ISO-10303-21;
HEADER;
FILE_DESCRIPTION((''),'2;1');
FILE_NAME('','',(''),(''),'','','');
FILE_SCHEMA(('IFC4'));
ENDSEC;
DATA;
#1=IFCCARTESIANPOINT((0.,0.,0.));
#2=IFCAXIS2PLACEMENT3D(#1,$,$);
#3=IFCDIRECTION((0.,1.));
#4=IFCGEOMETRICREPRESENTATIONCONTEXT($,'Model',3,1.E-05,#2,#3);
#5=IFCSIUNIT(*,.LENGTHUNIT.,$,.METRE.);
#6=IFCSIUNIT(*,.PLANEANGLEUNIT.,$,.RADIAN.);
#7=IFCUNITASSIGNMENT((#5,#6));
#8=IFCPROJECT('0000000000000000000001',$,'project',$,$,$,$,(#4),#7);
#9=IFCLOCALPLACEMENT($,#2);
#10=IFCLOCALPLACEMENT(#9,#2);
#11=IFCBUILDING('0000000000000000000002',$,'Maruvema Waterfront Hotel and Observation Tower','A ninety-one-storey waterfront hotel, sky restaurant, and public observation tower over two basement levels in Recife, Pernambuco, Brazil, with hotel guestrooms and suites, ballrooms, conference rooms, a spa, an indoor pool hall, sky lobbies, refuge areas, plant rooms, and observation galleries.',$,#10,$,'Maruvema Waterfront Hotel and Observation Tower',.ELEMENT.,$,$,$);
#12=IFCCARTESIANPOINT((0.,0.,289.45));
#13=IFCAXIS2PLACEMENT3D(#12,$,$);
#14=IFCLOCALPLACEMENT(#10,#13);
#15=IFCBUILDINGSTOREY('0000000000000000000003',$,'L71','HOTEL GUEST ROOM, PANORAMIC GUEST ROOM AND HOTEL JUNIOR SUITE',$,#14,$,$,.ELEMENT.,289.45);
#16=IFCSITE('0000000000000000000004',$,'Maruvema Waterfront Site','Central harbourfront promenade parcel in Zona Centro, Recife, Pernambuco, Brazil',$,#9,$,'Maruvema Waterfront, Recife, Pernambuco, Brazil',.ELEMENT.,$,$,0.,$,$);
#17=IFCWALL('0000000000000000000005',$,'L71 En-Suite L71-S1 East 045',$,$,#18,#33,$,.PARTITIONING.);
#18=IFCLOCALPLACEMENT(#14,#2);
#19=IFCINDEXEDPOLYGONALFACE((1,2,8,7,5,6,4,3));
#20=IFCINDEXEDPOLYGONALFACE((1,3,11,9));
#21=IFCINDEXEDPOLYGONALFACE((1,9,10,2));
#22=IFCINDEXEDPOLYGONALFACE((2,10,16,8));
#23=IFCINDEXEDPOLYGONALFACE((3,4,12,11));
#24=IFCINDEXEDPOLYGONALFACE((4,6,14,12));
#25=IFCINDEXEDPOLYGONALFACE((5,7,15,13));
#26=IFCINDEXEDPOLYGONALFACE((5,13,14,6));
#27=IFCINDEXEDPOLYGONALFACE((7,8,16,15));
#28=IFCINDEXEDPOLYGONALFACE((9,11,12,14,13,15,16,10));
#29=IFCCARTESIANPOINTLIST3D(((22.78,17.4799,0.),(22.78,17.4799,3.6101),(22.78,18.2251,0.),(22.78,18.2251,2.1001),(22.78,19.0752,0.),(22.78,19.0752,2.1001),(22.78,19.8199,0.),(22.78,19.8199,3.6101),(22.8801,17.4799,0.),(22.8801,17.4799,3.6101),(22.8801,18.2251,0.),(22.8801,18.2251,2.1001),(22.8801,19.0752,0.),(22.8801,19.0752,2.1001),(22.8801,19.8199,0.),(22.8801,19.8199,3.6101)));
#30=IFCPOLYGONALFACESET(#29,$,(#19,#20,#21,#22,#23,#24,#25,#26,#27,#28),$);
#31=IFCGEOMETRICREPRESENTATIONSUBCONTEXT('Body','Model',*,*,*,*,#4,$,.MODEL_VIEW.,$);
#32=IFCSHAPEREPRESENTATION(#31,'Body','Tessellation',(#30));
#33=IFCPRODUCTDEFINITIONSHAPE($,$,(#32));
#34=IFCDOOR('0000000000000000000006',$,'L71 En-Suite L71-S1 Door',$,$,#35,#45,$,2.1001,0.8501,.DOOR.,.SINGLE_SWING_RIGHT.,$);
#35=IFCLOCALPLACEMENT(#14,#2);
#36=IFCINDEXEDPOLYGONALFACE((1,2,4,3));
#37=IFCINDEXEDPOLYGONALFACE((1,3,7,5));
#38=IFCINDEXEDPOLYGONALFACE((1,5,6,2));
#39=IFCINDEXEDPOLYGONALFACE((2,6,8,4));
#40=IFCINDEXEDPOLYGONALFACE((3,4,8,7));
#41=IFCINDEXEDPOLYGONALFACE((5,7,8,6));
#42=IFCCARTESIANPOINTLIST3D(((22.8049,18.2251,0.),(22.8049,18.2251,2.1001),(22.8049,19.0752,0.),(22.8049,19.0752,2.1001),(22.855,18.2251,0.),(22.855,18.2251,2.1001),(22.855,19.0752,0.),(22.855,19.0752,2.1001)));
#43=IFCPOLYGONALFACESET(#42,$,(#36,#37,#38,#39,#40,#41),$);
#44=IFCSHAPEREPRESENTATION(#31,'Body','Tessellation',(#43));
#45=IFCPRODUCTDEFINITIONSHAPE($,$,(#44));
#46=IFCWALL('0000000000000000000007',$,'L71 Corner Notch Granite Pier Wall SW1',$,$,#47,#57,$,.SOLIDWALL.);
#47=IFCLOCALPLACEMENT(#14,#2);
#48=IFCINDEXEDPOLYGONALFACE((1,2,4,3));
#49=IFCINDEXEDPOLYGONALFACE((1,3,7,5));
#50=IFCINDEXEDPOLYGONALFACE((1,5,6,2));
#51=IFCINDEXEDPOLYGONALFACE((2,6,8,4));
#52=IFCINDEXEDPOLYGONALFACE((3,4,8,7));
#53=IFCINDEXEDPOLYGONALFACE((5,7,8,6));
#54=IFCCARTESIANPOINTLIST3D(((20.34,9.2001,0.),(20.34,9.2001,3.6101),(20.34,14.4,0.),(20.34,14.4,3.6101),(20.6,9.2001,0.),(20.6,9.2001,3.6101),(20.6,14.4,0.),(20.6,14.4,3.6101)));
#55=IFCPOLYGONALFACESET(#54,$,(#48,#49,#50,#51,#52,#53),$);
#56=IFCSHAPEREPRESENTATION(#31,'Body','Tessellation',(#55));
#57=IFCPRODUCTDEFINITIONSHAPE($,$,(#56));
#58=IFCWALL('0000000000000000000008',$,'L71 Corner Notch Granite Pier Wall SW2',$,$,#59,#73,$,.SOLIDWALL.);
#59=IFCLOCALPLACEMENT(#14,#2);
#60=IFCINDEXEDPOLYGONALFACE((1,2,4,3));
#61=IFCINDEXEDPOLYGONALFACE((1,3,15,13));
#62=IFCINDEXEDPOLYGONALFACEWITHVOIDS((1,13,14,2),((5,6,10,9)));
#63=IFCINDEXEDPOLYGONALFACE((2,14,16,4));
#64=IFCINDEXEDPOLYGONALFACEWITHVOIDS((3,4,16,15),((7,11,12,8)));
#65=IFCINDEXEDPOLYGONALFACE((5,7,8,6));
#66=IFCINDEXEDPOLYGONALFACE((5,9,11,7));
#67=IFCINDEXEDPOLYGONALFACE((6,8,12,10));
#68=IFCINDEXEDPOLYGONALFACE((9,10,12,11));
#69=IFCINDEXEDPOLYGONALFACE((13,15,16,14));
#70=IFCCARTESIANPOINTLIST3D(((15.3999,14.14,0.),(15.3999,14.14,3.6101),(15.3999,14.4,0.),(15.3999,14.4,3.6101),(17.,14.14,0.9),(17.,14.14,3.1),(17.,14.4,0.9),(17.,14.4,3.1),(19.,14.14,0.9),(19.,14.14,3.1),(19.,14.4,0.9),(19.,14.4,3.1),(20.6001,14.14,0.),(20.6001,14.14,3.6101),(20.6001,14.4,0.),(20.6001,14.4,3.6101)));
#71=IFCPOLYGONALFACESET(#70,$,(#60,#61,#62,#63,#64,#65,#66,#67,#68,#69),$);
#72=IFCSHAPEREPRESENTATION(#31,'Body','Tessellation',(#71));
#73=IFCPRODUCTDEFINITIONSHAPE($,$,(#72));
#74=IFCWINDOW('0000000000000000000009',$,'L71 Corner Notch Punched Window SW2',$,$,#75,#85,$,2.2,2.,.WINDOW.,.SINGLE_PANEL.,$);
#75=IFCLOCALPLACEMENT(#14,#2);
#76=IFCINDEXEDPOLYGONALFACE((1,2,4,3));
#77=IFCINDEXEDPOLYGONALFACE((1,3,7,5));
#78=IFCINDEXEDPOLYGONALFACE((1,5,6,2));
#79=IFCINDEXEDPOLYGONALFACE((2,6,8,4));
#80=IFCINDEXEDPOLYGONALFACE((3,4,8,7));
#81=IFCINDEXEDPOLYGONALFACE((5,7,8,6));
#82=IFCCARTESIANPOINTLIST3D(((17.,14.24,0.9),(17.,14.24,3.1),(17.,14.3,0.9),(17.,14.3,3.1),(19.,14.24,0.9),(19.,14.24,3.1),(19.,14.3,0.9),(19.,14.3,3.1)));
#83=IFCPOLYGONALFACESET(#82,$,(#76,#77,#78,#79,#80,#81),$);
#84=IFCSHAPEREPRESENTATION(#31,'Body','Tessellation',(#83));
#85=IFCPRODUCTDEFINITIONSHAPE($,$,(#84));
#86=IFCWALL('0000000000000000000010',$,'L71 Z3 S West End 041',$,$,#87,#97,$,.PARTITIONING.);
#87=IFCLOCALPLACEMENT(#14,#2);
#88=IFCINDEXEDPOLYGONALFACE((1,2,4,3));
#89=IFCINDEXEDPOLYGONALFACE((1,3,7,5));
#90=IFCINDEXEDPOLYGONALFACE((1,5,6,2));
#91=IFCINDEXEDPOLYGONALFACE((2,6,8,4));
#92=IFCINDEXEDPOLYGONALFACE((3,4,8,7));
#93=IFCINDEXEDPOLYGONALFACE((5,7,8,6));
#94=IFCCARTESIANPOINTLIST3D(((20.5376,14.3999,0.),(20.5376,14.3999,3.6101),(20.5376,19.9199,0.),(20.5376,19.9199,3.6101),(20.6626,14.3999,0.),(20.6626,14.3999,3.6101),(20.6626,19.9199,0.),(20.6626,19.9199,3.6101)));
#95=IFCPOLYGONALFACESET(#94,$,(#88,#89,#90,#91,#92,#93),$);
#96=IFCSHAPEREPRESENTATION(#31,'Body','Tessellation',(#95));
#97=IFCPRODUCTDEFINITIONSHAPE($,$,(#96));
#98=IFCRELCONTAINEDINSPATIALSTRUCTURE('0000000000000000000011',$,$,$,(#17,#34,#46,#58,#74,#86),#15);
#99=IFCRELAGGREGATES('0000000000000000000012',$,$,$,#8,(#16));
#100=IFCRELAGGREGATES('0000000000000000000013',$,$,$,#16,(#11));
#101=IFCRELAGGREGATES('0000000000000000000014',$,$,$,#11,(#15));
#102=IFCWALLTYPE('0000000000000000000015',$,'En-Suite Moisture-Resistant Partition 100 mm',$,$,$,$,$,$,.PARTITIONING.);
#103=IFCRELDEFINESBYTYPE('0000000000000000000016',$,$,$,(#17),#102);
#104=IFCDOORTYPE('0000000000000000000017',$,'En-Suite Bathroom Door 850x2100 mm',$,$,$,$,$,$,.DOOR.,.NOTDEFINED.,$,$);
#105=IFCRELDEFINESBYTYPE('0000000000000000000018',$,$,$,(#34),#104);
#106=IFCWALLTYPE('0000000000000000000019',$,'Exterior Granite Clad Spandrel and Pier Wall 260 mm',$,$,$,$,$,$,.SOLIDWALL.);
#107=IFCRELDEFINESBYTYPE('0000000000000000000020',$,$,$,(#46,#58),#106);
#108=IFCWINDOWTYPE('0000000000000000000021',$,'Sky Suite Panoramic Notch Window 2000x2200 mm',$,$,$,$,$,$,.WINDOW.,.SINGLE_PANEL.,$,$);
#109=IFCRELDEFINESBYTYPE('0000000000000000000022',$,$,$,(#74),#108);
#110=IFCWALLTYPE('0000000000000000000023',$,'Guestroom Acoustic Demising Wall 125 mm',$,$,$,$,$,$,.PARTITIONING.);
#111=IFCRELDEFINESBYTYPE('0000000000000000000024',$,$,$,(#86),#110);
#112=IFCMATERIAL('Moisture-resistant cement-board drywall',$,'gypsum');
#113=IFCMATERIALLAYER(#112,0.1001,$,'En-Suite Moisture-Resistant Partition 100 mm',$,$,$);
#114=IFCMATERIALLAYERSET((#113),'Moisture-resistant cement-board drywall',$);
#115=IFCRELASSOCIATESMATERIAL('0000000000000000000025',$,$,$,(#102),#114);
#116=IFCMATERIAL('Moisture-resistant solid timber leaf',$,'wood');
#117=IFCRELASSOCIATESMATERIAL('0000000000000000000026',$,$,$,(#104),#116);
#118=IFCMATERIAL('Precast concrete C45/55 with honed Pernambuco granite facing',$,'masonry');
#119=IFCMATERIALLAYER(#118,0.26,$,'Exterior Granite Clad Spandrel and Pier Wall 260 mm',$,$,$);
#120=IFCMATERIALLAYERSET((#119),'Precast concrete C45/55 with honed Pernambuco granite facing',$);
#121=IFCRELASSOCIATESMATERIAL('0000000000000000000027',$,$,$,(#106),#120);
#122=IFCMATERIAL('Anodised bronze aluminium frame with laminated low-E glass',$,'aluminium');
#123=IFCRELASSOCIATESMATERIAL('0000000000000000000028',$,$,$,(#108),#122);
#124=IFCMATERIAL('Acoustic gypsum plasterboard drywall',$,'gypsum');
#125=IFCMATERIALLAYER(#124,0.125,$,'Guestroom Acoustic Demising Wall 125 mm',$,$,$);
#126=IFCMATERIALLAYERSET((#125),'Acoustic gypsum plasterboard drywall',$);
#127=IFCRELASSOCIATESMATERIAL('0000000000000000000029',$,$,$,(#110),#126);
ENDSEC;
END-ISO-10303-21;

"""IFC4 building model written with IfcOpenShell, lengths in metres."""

from ifc_helpers import new_model, si_unit, direction, frame, frame_2d, origin, place, context, subcontext, project, spatial, rectangle, extrude, material, layer, layer_set, type_object, element, fill, save


model = new_model("IFC4")

# Units and contexts
model_context = context("Model", 3, precision=1e-05, world=origin(), true_north=direction((0.0, 1.0)))
body_context = subcontext(model_context, "Body", "Model", "MODEL_VIEW")
ifc_project = project(units=[si_unit("LENGTHUNIT", "METRE"), si_unit("PLANEANGLEUNIT", "RADIAN")], contexts=[model_context])

# Site, building, storey
site_placement = place(None, origin())
site = spatial("IfcSite", under=ifc_project, at=site_placement, Name="Maruvema Waterfront Site", Description="Central harbourfront promenade parcel in Zona Centro, Recife, Pernambuco, Brazil", LongName="Maruvema Waterfront, Recife, Pernambuco, Brazil", CompositionType="ELEMENT", RefElevation=0.0)
building_placement = place(site_placement, origin())
building = spatial("IfcBuilding", under=site, at=building_placement, Name="Maruvema Waterfront Hotel and Observation Tower", Description="A ninety-one-storey waterfront hotel, sky restaurant, and public observation tower over two basement levels in Recife, Pernambuco, Brazil, with hotel guestrooms and suites, ballrooms, conference rooms, a spa, an indoor pool hall, sky lobbies, refuge areas, plant rooms, and observation galleries.", LongName="Maruvema Waterfront Hotel and Observation Tower", CompositionType="ELEMENT")
storey_placement = place(building_placement, frame((0.0, 0.0, 289.45)))
storey = spatial("IfcBuildingStorey", under=building, at=storey_placement, Name="L71", Description="HOTEL GUEST ROOM, PANORAMIC GUEST ROOM AND HOTEL JUNIOR SUITE", CompositionType="ELEMENT", Elevation=289.45)

# Shared definitions
ifc_material_1 = material(Name="Moisture-resistant cement-board drywall", Category="gypsum")
ifc_layer_1 = layer(ifc_material_1, 0.1001, Name="En-Suite Moisture-Resistant Partition 100 mm")
ifc_layer_set_1 = layer_set([ifc_layer_1], Name="Moisture-resistant cement-board drywall")
wall_type_1 = type_object("IfcWallType", Name="En-Suite Moisture-Resistant Partition 100 mm", PredefinedType="PARTITIONING", material=ifc_layer_set_1)

# Wall, opening, door
wall_1_placement = place(storey_placement, frame((22.8301, 17.48, 0.0), z_axis=(0.0, 0.0, 1.0), x_axis=(0.0, 1.0, 0.0)))
wall_1 = element("IfcWall", 1, at=wall_1_placement, inside=storey, type_object=wall_type_1, Name="L71 En-Suite L71-S1 East 045", PredefinedType="PARTITIONING", context=body_context, shape_type="SweptSolid", body=[
    extrude(rectangle(XDim=2.3401, YDim=0.1001, at=frame_2d((1.1699, 0.0))), origin(), (0.0, 0.0, 1.0), 3.6101),
])
opening_1_placement = place(wall_1_placement, frame((0.7451, 0.0, 0.0)))
opening_1 = element("IfcOpeningElement", 2, at=opening_1_placement, cuts=wall_1, PredefinedType="OPENING", context=body_context, shape_type="SweptSolid", body=[
    extrude(rectangle(XDim=0.8501, YDim=2.1001, at=frame_2d((0.425, 1.05))), frame((0.0, 0.0601, 0.0), z_axis=(0.0, -1.0, 0.0), x_axis=(1.0, 0.0, 0.0)), (0.0, 0.0, 1.0), 0.1201),
])
ifc_material_2 = material(Name="Moisture-resistant solid timber leaf", Category="wood")
door_type = type_object("IfcDoorType", Name="En-Suite Bathroom Door 850x2100 mm", OperationType="NOTDEFINED", PredefinedType="DOOR", material=ifc_material_2)
door_placement = place(opening_1_placement, frame((0.8501, 0.0, 0.0), z_axis=(0.0, 0.0, 1.0), x_axis=(-1.0, 0.0, 0.0)))
door = element("IfcDoor", 3, at=door_placement, inside=storey, type_object=door_type, Name="L71 En-Suite L71-S1 Door", OperationType="SINGLE_SWING_RIGHT", OverallHeight=2.1001, OverallWidth=0.8501, PredefinedType="DOOR", context=body_context, shape_type="SweptSolid", body=[
    extrude(rectangle(XDim=0.8501, YDim=2.1001, at=frame_2d((0.425, 1.05))), frame((0.0, 0.0249, 0.0), z_axis=(0.0, -1.0, 0.0), x_axis=(1.0, 0.0, 0.0)), (0.0, 0.0, 1.0), 0.05),
])
fill(opening_1, door)

# Wall
ifc_material_3 = material(Name="Precast concrete C45/55 with honed Pernambuco granite facing", Category="masonry")
ifc_layer_2 = layer(ifc_material_3, 0.26, Name="Exterior Granite Clad Spandrel and Pier Wall 260 mm")
ifc_layer_set_2 = layer_set([ifc_layer_2], Name="Precast concrete C45/55 with honed Pernambuco granite facing")
wall_type_2 = type_object("IfcWallType", Name="Exterior Granite Clad Spandrel and Pier Wall 260 mm", PredefinedType="SOLIDWALL", material=ifc_layer_set_2)
wall_2_placement = place(storey_placement, frame((20.47, 9.2, 0.0), z_axis=(0.0, 0.0, 1.0), x_axis=(0.0, 1.0, 0.0)))
element("IfcWall", 4, at=wall_2_placement, inside=storey, type_object=wall_type_2, Name="L71 Corner Notch Granite Pier Wall SW1", PredefinedType="SOLIDWALL", context=body_context, shape_type="SweptSolid", body=[
    extrude(rectangle(XDim=5.2, YDim=0.26, at=frame_2d((2.6001, 0.0))), origin(), (0.0, 0.0, 1.0), 3.6101),
])

# Wall, opening, window
wall_3_placement = place(storey_placement, frame((20.6001, 14.27, 0.0), z_axis=(0.0, 0.0, 1.0), x_axis=(-1.0, 0.0, 0.0)))
wall_3 = element("IfcWall", 5, at=wall_3_placement, inside=storey, type_object=wall_type_2, Name="L71 Corner Notch Granite Pier Wall SW2", PredefinedType="SOLIDWALL", context=body_context, shape_type="SweptSolid", body=[
    extrude(rectangle(XDim=5.2002, YDim=0.26, at=frame_2d((2.6001, 0.0))), origin(), (0.0, 0.0, 1.0), 3.6101),
])
opening_2_placement = place(wall_3_placement, frame((1.6001, 0.0, 0.8999)))
opening_2 = element("IfcOpeningElement", 6, at=opening_2_placement, cuts=wall_3, PredefinedType="OPENING", context=body_context, shape_type="SweptSolid", body=[
    extrude(rectangle(XDim=2.0, YDim=2.2, at=frame_2d((1.0, 1.1001))), frame((0.0, 0.1401, 0.0), z_axis=(0.0, -1.0, 0.0), x_axis=(1.0, 0.0, 0.0)), (0.0, 0.0, 1.0), 0.28),
])
ifc_material_4 = material(Name="Anodised bronze aluminium frame with laminated low-E glass", Category="aluminium")
window_type = type_object("IfcWindowType", Name="Sky Suite Panoramic Notch Window 2000x2200 mm", PartitioningType="SINGLE_PANEL", PredefinedType="WINDOW", material=ifc_material_4)
window_placement = place(opening_2_placement, origin())
window = element("IfcWindow", 7, at=window_placement, inside=storey, type_object=window_type, Name="L71 Corner Notch Punched Window SW2", OverallHeight=2.2, OverallWidth=2.0, PartitioningType="SINGLE_PANEL", PredefinedType="WINDOW", context=body_context, shape_type="SweptSolid", body=[
    extrude(rectangle(XDim=2.0, YDim=2.2, at=frame_2d((1.0, 1.1001))), frame((0.0, 0.03, 0.0), z_axis=(0.0, -1.0, 0.0), x_axis=(1.0, 0.0, 0.0)), (0.0, 0.0, 1.0), 0.0601),
])
fill(opening_2, window)

# Wall
ifc_material_5 = material(Name="Acoustic gypsum plasterboard drywall", Category="gypsum")
ifc_layer_3 = layer(ifc_material_5, 0.125, Name="Guestroom Acoustic Demising Wall 125 mm")
ifc_layer_set_3 = layer_set([ifc_layer_3], Name="Acoustic gypsum plasterboard drywall")
wall_type_3 = type_object("IfcWallType", Name="Guestroom Acoustic Demising Wall 125 mm", PredefinedType="PARTITIONING", material=ifc_layer_set_3)
wall_4_placement = place(storey_placement, frame((20.6001, 14.3999, 0.0), z_axis=(0.0, 0.0, 1.0), x_axis=(0.0, 1.0, 0.0)))
element("IfcWall", 8, at=wall_4_placement, inside=storey, type_object=wall_type_3, Name="L71 Z3 S West End 041", PredefinedType="PARTITIONING", context=body_context, shape_type="SweptSolid", body=[
    extrude(rectangle(XDim=5.52, YDim=0.125, at=frame_2d((2.76, 0.0))), origin(), (0.0, 0.0, 1.0), 3.6101),
])

save(model, "model.ifc")
